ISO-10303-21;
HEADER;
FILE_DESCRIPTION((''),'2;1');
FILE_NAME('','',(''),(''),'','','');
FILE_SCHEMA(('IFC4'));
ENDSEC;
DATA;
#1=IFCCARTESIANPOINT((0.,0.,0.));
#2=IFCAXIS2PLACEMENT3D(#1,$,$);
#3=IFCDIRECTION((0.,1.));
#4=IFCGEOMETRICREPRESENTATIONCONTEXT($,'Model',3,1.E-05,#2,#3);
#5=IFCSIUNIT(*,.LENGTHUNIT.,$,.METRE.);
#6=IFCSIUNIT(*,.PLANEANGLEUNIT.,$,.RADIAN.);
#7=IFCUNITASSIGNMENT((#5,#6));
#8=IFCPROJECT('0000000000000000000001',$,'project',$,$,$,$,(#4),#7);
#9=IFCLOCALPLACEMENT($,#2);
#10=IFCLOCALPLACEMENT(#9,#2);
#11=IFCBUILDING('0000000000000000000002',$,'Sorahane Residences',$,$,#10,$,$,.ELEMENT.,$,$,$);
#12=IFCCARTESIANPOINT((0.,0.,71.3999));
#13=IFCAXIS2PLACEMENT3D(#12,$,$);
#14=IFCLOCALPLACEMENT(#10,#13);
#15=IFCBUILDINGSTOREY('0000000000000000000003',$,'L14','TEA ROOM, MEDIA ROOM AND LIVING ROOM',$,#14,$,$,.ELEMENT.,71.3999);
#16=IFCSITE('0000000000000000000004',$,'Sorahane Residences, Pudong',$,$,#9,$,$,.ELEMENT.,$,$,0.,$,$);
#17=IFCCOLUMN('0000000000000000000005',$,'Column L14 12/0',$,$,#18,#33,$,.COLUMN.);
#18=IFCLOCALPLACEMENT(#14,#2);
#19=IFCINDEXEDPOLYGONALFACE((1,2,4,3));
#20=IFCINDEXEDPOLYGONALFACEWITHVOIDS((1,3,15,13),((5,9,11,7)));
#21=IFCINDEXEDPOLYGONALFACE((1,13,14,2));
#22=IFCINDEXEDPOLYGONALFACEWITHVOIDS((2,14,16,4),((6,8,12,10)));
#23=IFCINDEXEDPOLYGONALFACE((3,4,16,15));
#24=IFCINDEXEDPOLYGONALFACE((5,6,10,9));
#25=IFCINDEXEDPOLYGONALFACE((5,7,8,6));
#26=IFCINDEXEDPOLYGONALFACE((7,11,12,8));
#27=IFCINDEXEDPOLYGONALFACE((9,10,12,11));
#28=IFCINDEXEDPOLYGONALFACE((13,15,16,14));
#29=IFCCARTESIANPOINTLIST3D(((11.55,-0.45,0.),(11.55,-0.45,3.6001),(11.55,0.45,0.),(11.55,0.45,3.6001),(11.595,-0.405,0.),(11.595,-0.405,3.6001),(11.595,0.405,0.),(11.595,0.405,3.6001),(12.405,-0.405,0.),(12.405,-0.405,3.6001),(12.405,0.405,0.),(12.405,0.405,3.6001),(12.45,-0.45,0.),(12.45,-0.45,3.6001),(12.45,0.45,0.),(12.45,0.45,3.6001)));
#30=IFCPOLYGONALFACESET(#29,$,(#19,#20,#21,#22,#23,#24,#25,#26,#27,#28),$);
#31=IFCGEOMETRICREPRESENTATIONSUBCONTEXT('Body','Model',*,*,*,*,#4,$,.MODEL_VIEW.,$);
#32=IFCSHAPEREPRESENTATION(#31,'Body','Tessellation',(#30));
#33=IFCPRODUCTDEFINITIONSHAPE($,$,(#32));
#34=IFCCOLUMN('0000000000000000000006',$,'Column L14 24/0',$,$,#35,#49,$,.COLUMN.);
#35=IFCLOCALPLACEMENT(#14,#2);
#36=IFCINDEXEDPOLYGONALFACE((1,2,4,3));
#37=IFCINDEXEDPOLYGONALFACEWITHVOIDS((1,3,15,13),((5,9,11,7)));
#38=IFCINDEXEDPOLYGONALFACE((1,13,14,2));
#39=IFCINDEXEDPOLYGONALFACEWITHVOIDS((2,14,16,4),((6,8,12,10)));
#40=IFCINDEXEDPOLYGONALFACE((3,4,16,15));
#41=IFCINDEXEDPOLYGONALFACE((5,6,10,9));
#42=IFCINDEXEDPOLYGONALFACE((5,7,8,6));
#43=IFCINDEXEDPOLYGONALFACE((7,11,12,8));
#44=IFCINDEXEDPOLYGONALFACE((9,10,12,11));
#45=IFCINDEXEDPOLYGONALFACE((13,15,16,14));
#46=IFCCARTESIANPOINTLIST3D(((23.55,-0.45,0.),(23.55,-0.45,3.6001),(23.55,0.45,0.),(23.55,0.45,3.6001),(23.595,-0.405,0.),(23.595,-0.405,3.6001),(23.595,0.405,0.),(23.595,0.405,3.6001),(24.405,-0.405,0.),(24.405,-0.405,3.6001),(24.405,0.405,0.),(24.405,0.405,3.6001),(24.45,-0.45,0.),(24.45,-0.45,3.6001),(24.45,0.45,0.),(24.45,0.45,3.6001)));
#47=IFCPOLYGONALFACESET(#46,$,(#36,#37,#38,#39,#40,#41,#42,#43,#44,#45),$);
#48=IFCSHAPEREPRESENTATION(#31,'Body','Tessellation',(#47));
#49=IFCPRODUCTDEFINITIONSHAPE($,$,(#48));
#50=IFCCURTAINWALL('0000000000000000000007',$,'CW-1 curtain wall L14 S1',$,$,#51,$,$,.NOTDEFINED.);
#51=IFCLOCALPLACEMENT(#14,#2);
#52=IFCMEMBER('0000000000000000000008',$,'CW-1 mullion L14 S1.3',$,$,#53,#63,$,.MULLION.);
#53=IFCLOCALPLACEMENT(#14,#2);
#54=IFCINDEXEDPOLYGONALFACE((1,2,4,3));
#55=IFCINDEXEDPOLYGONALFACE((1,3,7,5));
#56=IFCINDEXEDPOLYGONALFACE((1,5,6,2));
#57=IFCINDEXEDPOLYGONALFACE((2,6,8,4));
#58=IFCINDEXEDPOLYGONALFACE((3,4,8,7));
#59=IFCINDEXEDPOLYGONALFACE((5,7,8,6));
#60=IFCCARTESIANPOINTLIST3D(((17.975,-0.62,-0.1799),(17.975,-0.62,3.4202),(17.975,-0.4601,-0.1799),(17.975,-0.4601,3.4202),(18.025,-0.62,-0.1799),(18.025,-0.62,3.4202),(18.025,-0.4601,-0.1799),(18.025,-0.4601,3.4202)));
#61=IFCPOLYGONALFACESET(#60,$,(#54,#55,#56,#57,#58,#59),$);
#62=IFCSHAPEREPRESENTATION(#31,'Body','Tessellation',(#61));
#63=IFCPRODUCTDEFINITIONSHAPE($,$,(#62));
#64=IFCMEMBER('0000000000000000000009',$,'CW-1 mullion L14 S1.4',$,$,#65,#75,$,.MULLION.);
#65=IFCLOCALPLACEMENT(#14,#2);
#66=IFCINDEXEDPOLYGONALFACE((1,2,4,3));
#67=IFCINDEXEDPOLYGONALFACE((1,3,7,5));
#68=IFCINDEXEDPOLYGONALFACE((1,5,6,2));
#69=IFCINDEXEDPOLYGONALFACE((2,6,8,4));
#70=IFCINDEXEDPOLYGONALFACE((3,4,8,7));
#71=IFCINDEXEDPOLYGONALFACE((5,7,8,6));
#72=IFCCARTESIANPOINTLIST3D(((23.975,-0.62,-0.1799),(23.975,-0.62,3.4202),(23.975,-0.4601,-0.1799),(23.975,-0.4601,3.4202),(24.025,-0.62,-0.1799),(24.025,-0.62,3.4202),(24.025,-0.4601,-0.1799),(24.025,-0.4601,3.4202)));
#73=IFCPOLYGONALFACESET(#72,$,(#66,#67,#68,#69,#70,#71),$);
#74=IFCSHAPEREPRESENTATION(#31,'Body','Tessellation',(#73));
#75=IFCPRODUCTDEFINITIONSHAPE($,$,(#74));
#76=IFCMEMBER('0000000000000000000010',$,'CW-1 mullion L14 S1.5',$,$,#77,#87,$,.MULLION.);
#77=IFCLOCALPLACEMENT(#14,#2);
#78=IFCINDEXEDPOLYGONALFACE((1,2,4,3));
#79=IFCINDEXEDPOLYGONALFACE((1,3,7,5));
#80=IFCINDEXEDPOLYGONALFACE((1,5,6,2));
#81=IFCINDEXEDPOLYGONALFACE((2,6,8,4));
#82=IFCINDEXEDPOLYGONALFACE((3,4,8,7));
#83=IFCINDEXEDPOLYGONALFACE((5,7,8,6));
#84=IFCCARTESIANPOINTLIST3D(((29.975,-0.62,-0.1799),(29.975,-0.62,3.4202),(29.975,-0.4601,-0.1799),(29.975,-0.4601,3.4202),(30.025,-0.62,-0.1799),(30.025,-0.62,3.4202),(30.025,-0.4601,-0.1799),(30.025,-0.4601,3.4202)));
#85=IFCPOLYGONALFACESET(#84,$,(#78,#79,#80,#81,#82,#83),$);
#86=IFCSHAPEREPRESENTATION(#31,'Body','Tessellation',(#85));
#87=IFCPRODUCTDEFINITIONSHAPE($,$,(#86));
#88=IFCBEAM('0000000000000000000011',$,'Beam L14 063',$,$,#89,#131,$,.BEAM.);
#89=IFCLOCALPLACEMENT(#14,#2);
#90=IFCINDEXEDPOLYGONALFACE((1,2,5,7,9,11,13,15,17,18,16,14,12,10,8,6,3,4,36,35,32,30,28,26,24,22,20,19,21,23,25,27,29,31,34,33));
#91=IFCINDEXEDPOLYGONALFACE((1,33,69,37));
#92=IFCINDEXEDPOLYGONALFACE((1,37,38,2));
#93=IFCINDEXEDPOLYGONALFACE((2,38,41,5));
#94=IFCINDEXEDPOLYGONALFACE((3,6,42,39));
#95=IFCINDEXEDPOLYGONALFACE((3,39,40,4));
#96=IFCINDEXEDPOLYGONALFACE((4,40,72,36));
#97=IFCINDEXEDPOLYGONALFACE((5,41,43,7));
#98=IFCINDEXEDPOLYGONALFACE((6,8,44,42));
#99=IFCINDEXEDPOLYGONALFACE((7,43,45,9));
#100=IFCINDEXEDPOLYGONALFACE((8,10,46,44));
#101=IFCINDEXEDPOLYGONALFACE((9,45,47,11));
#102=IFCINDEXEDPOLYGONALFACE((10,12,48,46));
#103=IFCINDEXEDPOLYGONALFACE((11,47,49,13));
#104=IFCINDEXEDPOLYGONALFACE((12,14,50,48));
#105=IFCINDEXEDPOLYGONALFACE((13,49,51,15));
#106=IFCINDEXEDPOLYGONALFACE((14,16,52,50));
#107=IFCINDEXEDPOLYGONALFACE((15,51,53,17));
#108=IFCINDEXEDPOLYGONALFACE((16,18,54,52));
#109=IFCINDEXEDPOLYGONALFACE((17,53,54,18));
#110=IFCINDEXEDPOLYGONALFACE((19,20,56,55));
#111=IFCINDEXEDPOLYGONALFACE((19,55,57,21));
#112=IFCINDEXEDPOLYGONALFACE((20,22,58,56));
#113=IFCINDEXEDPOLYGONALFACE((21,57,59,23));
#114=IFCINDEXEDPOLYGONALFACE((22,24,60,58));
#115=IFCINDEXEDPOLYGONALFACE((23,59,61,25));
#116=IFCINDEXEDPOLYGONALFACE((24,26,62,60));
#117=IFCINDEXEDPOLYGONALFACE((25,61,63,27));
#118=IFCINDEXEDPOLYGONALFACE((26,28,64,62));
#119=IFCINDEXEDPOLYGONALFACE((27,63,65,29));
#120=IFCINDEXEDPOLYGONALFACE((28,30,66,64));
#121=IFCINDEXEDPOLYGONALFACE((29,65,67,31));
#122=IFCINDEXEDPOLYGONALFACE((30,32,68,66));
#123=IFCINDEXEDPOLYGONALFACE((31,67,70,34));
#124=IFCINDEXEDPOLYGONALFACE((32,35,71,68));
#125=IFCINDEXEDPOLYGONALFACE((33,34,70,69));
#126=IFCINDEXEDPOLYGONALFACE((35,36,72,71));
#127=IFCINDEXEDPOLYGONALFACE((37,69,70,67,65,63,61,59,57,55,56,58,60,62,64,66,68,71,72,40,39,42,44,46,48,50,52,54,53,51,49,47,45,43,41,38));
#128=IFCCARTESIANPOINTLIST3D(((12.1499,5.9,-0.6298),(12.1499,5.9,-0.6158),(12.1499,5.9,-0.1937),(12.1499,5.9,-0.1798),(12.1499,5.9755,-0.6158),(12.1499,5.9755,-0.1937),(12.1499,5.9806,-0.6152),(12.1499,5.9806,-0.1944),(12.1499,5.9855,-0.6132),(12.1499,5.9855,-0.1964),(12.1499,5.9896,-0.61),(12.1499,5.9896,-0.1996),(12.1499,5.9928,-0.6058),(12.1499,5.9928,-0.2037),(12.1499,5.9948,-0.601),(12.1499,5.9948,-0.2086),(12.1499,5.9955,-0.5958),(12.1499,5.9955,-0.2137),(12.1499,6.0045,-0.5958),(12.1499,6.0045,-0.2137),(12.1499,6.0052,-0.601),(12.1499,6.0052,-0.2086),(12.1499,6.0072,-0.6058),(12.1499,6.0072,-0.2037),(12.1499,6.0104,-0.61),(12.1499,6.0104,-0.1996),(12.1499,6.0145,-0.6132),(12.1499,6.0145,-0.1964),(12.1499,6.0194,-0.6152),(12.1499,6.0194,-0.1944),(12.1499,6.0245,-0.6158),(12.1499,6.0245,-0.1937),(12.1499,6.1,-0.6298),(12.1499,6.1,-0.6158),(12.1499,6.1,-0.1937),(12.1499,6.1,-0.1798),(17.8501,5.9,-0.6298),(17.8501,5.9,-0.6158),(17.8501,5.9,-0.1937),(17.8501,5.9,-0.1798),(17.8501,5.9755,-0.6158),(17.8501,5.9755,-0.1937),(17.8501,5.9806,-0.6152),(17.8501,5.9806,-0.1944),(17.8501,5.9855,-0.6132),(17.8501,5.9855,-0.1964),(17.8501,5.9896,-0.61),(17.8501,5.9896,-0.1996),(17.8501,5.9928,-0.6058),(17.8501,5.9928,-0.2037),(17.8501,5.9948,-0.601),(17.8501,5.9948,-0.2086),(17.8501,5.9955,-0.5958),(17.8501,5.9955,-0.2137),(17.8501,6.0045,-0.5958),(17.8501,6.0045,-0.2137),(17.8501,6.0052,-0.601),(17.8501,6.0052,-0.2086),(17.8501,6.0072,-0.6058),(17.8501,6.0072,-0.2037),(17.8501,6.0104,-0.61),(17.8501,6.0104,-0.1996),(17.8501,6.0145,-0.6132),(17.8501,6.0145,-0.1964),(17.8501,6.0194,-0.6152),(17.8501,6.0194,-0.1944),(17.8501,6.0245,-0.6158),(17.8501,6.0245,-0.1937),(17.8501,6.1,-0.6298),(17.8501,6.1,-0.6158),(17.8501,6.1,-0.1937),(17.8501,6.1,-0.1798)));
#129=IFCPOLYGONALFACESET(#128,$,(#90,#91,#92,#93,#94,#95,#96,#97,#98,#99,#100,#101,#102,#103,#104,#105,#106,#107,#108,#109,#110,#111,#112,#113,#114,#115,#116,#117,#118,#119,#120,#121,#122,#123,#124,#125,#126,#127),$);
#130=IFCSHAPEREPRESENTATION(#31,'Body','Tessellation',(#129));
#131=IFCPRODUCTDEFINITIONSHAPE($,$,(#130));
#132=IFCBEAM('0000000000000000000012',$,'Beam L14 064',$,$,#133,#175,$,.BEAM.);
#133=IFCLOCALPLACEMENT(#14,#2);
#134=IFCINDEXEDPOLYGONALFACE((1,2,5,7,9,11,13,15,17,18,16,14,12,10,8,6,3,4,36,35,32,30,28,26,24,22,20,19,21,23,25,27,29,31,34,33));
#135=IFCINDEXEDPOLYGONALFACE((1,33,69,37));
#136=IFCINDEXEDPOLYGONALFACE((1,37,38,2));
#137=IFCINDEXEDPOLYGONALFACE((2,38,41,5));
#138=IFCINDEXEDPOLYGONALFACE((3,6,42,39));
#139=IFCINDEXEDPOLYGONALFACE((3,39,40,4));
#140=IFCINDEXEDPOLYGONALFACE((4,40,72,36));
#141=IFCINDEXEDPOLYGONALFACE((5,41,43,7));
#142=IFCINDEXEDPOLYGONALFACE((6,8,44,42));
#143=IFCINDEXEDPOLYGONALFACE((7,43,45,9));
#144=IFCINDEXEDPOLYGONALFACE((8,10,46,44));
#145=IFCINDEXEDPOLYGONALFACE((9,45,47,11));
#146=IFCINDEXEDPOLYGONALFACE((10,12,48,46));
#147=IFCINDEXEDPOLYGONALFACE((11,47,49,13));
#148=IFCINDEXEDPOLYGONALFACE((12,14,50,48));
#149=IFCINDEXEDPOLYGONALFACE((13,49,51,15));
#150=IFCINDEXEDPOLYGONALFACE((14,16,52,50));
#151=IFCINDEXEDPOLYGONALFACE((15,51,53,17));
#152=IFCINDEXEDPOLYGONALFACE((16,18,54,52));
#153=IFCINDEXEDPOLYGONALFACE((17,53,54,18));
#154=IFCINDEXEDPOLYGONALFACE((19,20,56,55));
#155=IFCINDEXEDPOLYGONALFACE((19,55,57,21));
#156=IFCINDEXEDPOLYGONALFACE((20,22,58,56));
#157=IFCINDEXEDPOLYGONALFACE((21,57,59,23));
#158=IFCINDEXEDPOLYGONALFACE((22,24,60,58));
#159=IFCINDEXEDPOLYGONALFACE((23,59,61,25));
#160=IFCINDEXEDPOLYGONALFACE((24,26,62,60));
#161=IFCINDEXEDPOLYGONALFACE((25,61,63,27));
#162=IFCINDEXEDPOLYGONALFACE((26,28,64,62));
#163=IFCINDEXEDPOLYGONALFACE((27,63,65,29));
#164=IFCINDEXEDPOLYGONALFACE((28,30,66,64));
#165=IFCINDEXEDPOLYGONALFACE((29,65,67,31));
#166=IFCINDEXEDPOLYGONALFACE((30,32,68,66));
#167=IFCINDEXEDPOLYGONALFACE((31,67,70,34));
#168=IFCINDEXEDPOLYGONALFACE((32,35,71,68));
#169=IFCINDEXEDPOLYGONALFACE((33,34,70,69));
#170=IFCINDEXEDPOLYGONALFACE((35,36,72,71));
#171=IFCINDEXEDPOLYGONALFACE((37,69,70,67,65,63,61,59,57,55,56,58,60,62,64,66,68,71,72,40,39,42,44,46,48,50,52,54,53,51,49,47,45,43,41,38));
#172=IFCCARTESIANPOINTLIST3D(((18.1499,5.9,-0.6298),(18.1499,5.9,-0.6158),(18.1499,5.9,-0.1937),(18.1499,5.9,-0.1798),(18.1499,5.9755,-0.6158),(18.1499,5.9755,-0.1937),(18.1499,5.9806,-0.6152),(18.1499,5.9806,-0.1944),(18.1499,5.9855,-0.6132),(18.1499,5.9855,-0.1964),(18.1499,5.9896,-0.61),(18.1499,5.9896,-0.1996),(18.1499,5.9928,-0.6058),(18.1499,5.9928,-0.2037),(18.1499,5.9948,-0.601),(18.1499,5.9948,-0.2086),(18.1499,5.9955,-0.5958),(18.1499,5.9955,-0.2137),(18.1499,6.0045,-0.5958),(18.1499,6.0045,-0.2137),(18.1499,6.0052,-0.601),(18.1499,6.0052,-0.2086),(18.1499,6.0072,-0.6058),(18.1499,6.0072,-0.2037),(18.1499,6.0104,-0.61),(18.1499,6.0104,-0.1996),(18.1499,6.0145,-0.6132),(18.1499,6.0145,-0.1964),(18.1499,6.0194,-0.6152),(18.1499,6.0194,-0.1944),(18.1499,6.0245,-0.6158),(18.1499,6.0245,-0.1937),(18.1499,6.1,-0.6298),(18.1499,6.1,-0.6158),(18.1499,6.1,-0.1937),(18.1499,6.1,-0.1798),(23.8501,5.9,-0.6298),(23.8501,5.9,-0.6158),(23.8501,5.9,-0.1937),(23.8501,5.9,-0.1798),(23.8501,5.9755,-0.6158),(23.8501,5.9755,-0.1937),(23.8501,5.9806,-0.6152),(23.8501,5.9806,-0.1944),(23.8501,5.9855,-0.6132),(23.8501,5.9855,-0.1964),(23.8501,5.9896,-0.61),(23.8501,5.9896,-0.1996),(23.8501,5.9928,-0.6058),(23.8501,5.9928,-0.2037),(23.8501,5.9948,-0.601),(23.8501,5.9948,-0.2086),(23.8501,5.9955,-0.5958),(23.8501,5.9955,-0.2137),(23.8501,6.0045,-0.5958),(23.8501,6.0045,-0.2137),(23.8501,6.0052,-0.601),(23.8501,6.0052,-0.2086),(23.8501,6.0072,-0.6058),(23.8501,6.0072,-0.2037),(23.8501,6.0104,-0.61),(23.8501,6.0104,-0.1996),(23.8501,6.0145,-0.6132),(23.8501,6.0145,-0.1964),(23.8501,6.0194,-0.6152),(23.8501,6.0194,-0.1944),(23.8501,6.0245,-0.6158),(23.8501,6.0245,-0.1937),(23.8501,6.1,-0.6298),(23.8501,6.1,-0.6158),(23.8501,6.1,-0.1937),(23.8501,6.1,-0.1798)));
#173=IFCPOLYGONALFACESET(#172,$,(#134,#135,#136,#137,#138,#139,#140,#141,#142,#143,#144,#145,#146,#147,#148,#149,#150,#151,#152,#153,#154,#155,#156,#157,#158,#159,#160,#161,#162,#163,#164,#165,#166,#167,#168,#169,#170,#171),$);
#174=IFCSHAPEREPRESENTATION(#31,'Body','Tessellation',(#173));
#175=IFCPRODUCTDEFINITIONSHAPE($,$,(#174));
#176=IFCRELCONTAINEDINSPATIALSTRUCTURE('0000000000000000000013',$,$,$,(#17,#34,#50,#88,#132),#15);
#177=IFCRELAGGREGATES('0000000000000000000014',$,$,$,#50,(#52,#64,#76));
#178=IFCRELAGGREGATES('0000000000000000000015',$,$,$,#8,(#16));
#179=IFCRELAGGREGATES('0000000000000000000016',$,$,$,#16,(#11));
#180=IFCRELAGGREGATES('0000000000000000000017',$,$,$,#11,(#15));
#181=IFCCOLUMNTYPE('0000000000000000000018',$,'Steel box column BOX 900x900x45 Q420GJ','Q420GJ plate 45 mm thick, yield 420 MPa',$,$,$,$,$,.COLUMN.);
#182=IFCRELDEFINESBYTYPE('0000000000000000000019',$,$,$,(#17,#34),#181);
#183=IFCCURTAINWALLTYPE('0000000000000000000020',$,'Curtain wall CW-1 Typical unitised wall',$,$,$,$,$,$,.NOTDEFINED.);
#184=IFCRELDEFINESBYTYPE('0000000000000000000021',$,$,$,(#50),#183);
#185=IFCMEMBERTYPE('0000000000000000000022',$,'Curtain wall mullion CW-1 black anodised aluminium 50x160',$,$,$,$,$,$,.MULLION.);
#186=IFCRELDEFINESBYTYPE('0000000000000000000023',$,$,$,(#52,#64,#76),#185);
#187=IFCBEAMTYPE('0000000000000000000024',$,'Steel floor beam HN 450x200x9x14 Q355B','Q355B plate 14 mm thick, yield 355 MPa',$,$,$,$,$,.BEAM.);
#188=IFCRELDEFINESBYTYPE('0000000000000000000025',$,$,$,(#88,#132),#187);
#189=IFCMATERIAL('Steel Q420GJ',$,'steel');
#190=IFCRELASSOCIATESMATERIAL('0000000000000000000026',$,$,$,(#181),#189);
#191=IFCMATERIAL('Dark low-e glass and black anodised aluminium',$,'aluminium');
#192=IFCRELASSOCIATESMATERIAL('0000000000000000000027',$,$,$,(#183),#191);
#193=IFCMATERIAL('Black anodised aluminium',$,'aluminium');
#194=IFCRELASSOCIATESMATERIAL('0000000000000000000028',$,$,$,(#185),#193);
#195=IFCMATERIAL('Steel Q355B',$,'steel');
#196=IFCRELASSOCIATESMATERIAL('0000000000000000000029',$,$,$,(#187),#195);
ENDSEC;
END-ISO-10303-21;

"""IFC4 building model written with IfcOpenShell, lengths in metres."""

from ifc_helpers import new_model, si_unit, direction, frame, origin, origin_2d, place, context, subcontext, project, spatial, rectangle, hollow_rectangle, i_section, extrude, material, material_profile, profile_set, type_object, element, aggregate, save


model = new_model("IFC4")

# Units and contexts
model_context = context("Model", 3, precision=1e-05, world=origin(), true_north=direction((0.0, 1.0)))
body_context = subcontext(model_context, "Body", "Model", "MODEL_VIEW")
ifc_project = project(units=[si_unit("LENGTHUNIT", "METRE"), si_unit("PLANEANGLEUNIT", "RADIAN")], contexts=[model_context])

# Site, building, storey
site_placement = place(None, origin())
site = spatial("IfcSite", under=ifc_project, at=site_placement, Name="Sorahane Residences, Pudong", CompositionType="ELEMENT", RefElevation=0.0)
building_placement = place(site_placement, origin())
building = spatial("IfcBuilding", under=site, at=building_placement, Name="Sorahane Residences", CompositionType="ELEMENT")
storey_placement = place(building_placement, frame((0.0, 0.0, 71.3999)))
storey = spatial("IfcBuildingStorey", under=building, at=storey_placement, Name="L14", Description="TEA ROOM, MEDIA ROOM AND LIVING ROOM", CompositionType="ELEMENT", Elevation=71.3999)

# Columns
ifc_material_1 = material(Name="Steel Q420GJ", Category="steel")
ifc_material_profile_1 = material_profile(ifc_material_1, hollow_rectangle(XDim=0.8999, YDim=0.8999, WallThickness=0.0449, at=origin_2d()), Name="BOX 900x900x45")
ifc_profile_set_1 = profile_set([ifc_material_profile_1], Name="Steel Q420GJ")
column_type = type_object("IfcColumnType", Name="Steel box column BOX 900x900x45 Q420GJ", Description="Q420GJ plate 45 mm thick, yield 420 MPa", PredefinedType="COLUMN", material=ifc_profile_set_1)
for number, where, z_axis, x_axis, name in (
    (1, (12.0, 0.0, 0.0), (0.0, 0.0, 1.0), (1.0, 0.0, 0.0), "Column L14 12/0"),
    (2, (24.0, 0.0, 0.0), (0.0, 0.0, 1.0), (1.0, 0.0, 0.0), "Column L14 24/0"),
):
    element("IfcColumn", number, at=place(storey_placement, frame(where, z_axis=z_axis, x_axis=x_axis)), inside=storey, type_object=column_type, Name=name, PredefinedType="COLUMN", context=body_context, shape_type="SweptSolid", body=[
        extrude(hollow_rectangle(XDim=0.8999, YDim=0.8999, WallThickness=0.0449, at=origin_2d()), origin(), (0.0, 0.0, 1.0), 3.6001),
    ])

# Curtain wall, members
ifc_material_2 = material(Name="Dark low-e glass and black anodised aluminium", Category="aluminium")
curtain_wall_type = type_object("IfcCurtainWallType", Name="Curtain wall CW-1 Typical unitised wall", PredefinedType="NOTDEFINED", material=ifc_material_2)
curtain_wall_placement = place(storey_placement, origin())
curtain_wall = element("IfcCurtainWall", 3, at=curtain_wall_placement, inside=storey, type_object=curtain_wall_type, Name="CW-1 curtain wall L14 S1", PredefinedType="NOTDEFINED")
ifc_material_3 = material(Name="Black anodised aluminium", Category="aluminium")
ifc_material_profile_2 = material_profile(ifc_material_3, rectangle(XDim=0.1599, YDim=0.05, at=origin_2d()), Name="Curtain wall mullion CW-1 black anodised aluminium 50x160")
ifc_profile_set_2 = profile_set([ifc_material_profile_2], Name="Black anodised aluminium")
member_type = type_object("IfcMemberType", Name="Curtain wall mullion CW-1 black anodised aluminium 50x160", PredefinedType="MULLION", material=ifc_profile_set_2)
member_1_placement = place(storey_placement, frame((18.0, -0.54, -0.1799), z_axis=(0.0, 0.0, 1.0), x_axis=(0.0, -1.0, 0.0)))
member_1 = element("IfcMember", 4, at=member_1_placement, type_object=member_type, Name="CW-1 mullion L14 S1.3", PredefinedType="MULLION", context=body_context, shape_type="SweptSolid", body=[
    extrude(rectangle(XDim=0.1599, YDim=0.05, at=origin_2d()), origin(), (0.0, 0.0, 1.0), 3.6001),
])
member_2_placement = place(storey_placement, frame((24.0, -0.54, -0.1799), z_axis=(0.0, 0.0, 1.0), x_axis=(0.0, -1.0, 0.0)))
member_2 = element("IfcMember", 5, at=member_2_placement, type_object=member_type, Name="CW-1 mullion L14 S1.4", PredefinedType="MULLION", context=body_context, shape_type="SweptSolid", body=[
    extrude(rectangle(XDim=0.1599, YDim=0.05, at=origin_2d()), origin(), (0.0, 0.0, 1.0), 3.6001),
])
member_3_placement = place(storey_placement, frame((30.0, -0.54, -0.1799), z_axis=(0.0, 0.0, 1.0), x_axis=(0.0, -1.0, 0.0)))
member_3 = element("IfcMember", 6, at=member_3_placement, type_object=member_type, Name="CW-1 mullion L14 S1.5", PredefinedType="MULLION", context=body_context, shape_type="SweptSolid", body=[
    extrude(rectangle(XDim=0.1599, YDim=0.05, at=origin_2d()), origin(), (0.0, 0.0, 1.0), 3.6001),
])

# Beams
ifc_material_4 = material(Name="Steel Q355B", Category="steel")
ifc_material_profile_3 = material_profile(ifc_material_4, i_section(OverallWidth=0.2, OverallDepth=0.45, WebThickness=0.009, FlangeThickness=0.0139, FilletRadius=0.02, at=origin_2d()), Name="HN 450x200x9x14")
ifc_profile_set_3 = profile_set([ifc_material_profile_3], Name="Steel Q355B")
beam_type_1 = type_object("IfcBeamType", Name="Steel floor beam HN 450x200x9x14 Q355B", Description="Q355B plate 14 mm thick, yield 355 MPa", PredefinedType="BEAM", material=ifc_profile_set_3)
for number, where, z_axis, x_axis, name in (
    (7, (12.1499, 6.0, -0.4048), (1.0, 0.0, 0.0), (0.0, 1.0, 0.0), "Beam L14 063"),
    (8, (18.1499, 6.0, -0.4048), (1.0, 0.0, 0.0), (0.0, 1.0, 0.0), "Beam L14 064"),
):
    element("IfcBeam", number, at=place(storey_placement, frame(where, z_axis=z_axis, x_axis=x_axis)), inside=storey, type_object=beam_type_1, Name=name, PredefinedType="BEAM", context=body_context, shape_type="SweptSolid", body=[
        extrude(i_section(OverallWidth=0.2, OverallDepth=0.45, WebThickness=0.009, FlangeThickness=0.0139, FilletRadius=0.02, at=origin_2d()), origin(), (0.0, 0.0, 1.0), 5.7002),
    ])

aggregate(curtain_wall, [member_1, member_2, member_3])

save(model, "model.ifc")
